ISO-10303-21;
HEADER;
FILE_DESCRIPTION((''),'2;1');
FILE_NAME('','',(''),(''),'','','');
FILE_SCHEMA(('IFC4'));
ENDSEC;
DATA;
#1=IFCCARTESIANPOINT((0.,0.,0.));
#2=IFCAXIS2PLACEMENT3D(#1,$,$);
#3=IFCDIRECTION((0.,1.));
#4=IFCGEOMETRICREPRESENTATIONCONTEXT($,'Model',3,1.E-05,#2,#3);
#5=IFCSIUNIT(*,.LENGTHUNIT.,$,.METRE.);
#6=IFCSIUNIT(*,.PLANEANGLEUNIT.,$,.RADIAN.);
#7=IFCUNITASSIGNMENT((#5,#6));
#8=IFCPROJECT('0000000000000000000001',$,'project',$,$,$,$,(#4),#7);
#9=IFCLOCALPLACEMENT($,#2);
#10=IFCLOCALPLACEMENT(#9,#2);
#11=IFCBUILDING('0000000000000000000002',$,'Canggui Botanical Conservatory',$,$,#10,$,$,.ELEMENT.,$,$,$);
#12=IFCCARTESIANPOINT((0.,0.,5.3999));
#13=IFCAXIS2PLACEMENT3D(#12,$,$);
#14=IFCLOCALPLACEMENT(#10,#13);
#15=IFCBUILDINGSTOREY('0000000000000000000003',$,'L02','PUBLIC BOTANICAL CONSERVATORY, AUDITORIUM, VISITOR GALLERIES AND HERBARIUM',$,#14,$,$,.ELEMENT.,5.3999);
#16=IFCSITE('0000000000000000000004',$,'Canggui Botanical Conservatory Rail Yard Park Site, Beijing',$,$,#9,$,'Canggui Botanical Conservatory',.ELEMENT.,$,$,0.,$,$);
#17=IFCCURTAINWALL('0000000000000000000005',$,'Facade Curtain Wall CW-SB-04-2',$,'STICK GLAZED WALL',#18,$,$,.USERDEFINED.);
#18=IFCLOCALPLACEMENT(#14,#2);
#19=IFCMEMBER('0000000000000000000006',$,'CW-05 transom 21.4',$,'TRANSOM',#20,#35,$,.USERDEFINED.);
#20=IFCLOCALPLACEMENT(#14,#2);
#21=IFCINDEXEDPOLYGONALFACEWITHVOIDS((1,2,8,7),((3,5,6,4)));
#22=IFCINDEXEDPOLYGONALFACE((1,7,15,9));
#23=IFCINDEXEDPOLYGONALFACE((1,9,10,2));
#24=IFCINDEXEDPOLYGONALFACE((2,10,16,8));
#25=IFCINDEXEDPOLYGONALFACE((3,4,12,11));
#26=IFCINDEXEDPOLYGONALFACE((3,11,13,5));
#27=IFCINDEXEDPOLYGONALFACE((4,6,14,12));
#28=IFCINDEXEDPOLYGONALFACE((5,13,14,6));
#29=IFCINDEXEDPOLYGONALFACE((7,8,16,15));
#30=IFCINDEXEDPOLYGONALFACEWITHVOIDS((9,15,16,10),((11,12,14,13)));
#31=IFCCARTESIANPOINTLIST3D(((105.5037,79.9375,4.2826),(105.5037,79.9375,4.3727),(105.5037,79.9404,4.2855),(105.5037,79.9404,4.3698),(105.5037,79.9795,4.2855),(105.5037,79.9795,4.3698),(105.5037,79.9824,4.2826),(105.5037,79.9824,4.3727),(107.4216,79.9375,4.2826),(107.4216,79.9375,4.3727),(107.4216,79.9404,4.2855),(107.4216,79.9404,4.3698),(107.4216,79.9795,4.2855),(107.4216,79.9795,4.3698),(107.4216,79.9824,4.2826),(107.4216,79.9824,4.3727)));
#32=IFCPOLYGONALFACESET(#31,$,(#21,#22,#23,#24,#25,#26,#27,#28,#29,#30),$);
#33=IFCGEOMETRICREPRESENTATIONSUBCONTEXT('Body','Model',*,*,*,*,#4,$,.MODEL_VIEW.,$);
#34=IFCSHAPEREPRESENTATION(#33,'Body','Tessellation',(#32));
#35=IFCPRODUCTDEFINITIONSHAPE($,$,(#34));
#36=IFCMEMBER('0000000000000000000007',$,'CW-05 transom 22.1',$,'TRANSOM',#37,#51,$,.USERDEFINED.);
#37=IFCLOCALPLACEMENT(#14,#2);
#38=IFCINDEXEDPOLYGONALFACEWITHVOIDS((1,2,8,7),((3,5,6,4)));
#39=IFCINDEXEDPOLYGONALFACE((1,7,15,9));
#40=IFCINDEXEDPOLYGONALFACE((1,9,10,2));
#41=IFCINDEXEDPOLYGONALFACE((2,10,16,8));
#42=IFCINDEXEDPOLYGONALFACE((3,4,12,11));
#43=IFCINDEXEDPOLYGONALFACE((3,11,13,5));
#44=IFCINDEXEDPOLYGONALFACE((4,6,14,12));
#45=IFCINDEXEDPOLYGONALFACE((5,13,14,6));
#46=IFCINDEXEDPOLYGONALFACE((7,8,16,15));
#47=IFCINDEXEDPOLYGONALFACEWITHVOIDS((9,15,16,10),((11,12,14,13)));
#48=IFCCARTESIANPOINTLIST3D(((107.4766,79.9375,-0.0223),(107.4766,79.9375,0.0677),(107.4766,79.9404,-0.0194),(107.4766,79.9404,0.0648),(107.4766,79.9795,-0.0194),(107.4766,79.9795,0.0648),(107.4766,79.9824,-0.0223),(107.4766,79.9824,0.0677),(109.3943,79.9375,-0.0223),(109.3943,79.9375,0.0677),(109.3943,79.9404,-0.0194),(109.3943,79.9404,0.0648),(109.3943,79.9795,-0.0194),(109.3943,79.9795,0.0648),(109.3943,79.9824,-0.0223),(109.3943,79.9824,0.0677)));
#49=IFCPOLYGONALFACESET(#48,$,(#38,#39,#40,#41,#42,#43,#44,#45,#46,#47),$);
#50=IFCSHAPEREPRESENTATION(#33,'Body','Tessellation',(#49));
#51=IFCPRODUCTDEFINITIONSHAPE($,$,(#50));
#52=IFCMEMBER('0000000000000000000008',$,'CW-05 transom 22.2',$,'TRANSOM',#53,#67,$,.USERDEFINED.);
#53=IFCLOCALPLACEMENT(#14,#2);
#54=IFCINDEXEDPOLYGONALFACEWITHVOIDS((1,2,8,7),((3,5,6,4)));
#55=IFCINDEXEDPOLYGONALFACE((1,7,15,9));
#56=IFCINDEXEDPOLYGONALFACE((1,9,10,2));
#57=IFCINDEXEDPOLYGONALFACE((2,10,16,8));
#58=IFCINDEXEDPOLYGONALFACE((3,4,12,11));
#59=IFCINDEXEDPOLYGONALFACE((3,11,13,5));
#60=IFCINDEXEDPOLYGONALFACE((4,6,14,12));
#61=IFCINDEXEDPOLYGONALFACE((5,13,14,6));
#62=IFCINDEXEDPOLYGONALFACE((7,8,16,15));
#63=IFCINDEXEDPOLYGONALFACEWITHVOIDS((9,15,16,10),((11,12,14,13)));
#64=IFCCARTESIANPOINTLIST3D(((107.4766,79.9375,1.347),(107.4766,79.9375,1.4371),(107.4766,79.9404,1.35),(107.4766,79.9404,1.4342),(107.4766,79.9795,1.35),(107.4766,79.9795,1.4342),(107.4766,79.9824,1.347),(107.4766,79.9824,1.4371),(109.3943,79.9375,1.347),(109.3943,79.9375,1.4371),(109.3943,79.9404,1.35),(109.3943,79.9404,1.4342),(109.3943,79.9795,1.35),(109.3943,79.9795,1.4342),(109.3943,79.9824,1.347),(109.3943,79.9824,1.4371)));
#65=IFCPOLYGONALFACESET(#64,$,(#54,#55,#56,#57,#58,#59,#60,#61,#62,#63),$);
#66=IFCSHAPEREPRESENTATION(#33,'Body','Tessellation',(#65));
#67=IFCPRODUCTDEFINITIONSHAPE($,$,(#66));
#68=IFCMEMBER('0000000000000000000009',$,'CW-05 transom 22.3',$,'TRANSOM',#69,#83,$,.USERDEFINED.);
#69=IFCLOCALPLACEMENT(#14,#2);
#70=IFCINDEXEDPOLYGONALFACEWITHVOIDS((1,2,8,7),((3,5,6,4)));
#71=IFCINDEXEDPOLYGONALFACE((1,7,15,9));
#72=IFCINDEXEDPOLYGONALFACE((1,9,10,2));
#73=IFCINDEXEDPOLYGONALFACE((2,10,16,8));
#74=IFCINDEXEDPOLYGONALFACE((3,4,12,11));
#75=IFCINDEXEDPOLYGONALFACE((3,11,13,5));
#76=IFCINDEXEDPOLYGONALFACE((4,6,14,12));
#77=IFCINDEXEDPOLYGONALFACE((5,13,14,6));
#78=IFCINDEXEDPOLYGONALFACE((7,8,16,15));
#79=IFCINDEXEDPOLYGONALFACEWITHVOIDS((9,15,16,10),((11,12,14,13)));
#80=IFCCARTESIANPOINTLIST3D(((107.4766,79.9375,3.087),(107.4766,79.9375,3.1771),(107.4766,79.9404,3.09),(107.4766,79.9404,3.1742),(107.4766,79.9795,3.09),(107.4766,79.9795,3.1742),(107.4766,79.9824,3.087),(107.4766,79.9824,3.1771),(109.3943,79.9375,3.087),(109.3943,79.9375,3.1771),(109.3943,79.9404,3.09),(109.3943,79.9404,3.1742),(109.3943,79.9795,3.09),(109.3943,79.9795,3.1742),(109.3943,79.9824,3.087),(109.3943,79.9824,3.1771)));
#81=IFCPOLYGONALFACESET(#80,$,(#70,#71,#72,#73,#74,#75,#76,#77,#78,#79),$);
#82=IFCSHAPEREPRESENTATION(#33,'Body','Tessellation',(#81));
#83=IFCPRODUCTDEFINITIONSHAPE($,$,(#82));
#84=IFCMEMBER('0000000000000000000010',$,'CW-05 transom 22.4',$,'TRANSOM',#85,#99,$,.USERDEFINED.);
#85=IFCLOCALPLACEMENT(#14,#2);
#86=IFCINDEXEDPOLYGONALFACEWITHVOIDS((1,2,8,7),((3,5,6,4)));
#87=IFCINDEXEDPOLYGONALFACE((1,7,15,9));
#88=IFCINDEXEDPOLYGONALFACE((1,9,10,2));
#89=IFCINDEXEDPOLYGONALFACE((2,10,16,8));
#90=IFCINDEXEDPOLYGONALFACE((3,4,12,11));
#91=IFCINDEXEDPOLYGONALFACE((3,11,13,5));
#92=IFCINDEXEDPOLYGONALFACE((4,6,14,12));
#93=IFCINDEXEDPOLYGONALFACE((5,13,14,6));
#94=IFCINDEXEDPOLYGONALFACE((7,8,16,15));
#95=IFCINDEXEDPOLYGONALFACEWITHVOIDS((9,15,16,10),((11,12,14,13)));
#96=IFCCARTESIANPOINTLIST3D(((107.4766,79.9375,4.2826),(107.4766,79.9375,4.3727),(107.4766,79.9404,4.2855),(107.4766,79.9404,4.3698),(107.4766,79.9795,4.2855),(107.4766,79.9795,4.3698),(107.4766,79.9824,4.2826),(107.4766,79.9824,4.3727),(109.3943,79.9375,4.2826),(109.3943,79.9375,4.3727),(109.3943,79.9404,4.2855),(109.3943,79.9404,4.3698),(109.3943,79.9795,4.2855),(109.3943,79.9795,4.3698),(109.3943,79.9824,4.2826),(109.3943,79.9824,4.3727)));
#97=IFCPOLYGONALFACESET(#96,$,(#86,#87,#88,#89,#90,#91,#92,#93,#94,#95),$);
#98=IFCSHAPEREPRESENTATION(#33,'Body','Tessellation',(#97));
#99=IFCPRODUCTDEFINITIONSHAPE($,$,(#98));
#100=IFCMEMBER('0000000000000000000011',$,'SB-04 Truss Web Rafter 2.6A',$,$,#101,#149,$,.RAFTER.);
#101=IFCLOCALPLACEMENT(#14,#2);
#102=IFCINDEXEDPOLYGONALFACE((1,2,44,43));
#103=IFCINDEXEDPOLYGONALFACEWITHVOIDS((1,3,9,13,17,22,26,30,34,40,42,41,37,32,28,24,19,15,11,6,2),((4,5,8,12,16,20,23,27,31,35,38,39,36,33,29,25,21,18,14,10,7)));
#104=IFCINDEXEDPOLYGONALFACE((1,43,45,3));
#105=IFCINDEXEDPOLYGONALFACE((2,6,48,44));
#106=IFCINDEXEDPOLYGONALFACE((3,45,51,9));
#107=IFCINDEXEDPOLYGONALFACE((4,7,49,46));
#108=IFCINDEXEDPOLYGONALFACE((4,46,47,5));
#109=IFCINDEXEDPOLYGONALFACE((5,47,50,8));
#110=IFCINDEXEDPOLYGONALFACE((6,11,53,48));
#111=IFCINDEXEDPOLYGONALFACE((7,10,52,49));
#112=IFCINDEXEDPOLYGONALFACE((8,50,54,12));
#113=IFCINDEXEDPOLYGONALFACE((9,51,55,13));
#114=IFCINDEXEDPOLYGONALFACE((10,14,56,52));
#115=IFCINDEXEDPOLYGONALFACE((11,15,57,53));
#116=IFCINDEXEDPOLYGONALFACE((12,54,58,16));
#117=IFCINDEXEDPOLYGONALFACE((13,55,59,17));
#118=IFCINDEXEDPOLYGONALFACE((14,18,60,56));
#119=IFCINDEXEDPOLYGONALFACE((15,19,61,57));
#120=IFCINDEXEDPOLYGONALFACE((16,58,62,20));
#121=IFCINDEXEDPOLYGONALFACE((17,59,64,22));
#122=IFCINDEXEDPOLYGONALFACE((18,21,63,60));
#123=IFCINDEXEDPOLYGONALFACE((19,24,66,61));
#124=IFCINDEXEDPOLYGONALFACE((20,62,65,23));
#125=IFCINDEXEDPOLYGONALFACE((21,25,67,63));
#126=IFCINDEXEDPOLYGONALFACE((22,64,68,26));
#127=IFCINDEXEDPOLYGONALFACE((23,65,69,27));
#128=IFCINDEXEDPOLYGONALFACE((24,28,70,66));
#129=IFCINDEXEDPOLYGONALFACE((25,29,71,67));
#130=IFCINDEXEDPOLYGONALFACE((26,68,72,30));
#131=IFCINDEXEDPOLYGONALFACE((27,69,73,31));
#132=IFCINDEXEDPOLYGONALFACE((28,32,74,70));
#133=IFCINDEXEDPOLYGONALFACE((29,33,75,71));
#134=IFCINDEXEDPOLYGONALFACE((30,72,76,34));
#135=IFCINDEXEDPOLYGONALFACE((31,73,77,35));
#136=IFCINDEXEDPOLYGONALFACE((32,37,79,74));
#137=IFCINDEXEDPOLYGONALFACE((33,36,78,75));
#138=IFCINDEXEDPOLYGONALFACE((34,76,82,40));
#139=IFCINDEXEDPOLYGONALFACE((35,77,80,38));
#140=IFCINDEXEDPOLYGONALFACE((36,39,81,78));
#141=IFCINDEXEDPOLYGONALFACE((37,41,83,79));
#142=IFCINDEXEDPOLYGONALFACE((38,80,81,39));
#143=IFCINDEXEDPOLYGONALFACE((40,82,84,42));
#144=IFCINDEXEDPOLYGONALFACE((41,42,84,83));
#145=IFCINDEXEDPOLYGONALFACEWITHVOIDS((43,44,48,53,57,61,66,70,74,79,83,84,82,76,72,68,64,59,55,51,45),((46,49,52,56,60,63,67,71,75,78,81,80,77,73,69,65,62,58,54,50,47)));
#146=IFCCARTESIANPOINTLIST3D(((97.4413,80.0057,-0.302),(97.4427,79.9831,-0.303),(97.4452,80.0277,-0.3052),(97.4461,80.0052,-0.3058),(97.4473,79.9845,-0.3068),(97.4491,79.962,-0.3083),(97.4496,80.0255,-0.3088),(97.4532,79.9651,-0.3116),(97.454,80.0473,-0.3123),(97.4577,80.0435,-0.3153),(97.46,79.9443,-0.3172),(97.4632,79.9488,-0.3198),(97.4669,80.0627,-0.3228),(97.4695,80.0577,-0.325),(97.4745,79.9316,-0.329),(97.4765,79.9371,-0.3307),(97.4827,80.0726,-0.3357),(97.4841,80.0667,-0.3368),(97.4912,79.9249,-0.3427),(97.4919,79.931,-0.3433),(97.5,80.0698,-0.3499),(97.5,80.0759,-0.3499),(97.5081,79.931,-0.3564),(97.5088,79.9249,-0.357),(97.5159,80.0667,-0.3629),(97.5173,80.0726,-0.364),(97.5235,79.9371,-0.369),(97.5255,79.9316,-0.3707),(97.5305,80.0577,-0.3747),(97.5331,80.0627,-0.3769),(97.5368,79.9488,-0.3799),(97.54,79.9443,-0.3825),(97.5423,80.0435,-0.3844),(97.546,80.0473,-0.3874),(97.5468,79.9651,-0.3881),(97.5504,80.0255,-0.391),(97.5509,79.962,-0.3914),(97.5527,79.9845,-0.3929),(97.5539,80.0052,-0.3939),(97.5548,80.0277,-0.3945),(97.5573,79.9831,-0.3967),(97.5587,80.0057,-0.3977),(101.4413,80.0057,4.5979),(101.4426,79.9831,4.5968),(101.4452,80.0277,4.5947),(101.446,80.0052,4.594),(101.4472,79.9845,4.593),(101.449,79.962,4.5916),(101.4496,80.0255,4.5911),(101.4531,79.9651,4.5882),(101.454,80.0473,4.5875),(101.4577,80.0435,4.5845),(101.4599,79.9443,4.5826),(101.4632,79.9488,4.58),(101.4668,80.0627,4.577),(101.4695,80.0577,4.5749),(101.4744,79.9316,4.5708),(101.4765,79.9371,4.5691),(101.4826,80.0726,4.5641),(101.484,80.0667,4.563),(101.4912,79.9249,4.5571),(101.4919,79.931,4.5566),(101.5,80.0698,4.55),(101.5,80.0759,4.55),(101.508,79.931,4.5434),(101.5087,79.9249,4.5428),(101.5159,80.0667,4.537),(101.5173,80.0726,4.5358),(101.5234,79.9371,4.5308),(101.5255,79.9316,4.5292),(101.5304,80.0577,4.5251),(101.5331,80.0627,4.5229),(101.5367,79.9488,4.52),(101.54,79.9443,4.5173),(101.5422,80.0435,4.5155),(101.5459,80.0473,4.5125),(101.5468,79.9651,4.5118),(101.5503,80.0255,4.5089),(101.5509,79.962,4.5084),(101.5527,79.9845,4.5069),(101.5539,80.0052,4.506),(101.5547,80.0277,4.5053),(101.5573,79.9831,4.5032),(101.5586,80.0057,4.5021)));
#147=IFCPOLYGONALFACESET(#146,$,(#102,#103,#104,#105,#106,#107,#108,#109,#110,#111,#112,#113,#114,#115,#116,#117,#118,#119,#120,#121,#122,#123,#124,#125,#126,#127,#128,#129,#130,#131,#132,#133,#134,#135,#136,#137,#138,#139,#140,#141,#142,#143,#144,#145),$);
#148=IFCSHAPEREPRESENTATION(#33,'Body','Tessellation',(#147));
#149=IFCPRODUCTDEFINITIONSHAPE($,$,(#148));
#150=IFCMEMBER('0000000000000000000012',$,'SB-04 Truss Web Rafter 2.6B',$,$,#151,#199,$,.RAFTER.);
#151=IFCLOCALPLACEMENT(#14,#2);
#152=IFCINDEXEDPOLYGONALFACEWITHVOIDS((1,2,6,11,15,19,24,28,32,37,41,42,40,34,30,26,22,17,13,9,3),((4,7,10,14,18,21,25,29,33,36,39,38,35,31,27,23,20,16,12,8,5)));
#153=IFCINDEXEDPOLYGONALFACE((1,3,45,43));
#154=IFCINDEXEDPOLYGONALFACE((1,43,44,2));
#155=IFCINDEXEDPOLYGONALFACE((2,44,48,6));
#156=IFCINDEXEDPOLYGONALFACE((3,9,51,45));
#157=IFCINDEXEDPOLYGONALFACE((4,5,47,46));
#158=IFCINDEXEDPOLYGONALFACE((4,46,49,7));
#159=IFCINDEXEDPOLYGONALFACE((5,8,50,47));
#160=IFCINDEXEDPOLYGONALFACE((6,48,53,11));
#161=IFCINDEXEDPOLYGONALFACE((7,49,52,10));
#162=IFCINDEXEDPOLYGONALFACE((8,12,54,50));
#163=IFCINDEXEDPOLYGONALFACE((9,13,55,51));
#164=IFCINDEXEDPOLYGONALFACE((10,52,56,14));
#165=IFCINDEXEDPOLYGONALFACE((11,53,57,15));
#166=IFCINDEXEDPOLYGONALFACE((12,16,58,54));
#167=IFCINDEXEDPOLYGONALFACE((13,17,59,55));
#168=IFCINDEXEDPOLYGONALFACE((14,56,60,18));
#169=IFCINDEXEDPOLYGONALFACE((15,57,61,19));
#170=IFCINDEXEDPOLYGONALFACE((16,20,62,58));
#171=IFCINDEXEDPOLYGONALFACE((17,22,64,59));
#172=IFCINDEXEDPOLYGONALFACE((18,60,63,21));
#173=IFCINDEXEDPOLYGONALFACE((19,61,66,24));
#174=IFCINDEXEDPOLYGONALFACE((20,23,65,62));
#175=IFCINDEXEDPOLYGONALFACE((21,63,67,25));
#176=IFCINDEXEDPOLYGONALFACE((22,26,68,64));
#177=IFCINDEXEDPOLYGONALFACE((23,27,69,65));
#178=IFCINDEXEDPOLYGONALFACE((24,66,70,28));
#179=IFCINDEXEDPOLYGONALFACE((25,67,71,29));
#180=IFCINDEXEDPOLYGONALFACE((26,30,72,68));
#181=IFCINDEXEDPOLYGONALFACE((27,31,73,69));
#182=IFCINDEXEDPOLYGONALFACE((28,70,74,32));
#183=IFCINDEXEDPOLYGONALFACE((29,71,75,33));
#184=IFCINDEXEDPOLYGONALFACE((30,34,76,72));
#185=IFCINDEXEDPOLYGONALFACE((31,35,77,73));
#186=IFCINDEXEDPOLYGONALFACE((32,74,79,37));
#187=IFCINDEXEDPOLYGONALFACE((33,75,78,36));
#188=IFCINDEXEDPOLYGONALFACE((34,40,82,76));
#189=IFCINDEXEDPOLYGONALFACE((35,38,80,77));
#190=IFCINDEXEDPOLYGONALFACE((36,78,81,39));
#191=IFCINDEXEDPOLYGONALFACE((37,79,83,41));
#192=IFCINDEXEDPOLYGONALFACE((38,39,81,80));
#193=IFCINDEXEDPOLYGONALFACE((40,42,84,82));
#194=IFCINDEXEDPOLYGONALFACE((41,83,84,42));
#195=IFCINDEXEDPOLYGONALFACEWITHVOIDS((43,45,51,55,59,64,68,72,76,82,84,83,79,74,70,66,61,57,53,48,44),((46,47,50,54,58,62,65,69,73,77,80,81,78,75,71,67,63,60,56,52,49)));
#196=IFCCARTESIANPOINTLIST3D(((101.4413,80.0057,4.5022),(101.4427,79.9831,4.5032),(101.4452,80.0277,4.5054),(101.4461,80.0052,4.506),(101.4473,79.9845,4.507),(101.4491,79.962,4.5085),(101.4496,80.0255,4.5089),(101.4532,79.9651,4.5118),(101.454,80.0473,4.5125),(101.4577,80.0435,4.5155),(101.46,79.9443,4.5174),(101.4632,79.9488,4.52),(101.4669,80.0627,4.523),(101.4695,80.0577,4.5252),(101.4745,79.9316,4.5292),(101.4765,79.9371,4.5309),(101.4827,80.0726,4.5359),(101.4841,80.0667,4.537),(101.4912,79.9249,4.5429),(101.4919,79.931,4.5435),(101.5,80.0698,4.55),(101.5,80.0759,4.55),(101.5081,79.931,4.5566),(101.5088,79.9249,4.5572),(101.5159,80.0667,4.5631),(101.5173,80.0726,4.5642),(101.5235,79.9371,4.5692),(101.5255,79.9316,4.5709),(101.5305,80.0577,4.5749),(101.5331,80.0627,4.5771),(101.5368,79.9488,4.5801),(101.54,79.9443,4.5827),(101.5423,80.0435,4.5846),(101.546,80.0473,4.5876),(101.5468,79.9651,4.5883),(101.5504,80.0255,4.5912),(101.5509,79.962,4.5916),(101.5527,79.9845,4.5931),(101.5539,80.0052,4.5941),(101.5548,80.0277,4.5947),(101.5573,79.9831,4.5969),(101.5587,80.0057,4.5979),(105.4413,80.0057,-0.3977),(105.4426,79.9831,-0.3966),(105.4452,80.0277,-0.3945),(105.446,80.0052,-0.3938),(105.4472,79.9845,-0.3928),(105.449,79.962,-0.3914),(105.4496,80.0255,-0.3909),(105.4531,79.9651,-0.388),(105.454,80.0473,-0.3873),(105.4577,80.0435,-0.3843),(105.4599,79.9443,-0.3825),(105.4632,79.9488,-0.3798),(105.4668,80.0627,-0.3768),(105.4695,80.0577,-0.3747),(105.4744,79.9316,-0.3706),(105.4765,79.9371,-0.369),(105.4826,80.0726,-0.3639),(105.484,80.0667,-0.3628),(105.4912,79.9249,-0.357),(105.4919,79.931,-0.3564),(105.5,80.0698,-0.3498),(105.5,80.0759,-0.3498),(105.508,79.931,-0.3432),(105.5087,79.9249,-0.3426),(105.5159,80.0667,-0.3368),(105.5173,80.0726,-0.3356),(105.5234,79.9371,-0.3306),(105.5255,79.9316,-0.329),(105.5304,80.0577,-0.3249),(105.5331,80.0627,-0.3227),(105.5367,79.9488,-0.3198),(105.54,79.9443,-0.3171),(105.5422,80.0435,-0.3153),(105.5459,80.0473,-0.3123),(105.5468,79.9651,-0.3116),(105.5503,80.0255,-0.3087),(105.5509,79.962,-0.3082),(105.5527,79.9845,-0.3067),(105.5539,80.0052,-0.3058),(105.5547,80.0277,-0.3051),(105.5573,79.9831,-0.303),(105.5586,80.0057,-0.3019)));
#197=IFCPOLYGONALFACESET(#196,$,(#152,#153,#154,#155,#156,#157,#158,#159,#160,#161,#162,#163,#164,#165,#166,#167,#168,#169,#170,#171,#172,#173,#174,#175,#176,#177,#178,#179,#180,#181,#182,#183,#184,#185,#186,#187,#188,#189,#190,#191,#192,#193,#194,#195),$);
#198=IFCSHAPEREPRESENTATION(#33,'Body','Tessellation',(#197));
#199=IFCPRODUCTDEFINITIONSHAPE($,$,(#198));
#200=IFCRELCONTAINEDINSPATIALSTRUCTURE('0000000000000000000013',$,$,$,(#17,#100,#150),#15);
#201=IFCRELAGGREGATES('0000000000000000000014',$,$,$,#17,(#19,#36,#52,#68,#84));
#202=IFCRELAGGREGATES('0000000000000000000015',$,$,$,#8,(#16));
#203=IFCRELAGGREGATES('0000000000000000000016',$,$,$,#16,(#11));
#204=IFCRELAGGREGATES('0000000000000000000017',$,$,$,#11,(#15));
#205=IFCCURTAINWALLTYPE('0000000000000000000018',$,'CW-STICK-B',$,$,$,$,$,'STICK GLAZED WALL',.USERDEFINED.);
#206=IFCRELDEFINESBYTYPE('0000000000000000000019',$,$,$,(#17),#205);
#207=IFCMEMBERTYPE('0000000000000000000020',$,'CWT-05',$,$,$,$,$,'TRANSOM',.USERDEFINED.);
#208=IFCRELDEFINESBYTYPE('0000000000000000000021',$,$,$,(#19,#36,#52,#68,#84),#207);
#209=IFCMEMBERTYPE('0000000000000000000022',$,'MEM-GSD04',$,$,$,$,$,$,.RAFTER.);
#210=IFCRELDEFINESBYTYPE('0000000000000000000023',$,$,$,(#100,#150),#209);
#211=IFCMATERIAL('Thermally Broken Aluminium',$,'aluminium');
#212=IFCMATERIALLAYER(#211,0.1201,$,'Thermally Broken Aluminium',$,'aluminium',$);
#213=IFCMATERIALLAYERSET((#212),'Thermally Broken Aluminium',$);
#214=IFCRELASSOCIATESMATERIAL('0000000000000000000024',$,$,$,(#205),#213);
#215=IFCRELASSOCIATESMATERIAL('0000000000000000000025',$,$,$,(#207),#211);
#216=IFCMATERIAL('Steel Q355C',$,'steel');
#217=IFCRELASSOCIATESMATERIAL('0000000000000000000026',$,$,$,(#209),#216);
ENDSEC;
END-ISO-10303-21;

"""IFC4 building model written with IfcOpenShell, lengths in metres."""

from ifc_helpers import new_model, si_unit, direction, frame, origin, origin_2d, place, context, subcontext, project, spatial, hollow_rectangle, hollow_circle, extrude, material, layer, layer_set, material_profile, profile_set, type_object, element, aggregate, save


model = new_model("IFC4")

# Units and contexts
model_context = context("Model", 3, precision=1e-05, world=origin(), true_north=direction((0.0, 1.0)))
body_context = subcontext(model_context, "Body", "Model", "MODEL_VIEW")
ifc_project = project(units=[si_unit("LENGTHUNIT", "METRE"), si_unit("PLANEANGLEUNIT", "RADIAN")], contexts=[model_context])

# Site, building, storey
site_placement = place(None, origin())
site = spatial("IfcSite", under=ifc_project, at=site_placement, Name="Canggui Botanical Conservatory Rail Yard Park Site, Beijing", LongName="Canggui Botanical Conservatory", CompositionType="ELEMENT", RefElevation=0.0)
building_placement = place(site_placement, origin())
building = spatial("IfcBuilding", under=site, at=building_placement, Name="Canggui Botanical Conservatory", CompositionType="ELEMENT")
storey_placement = place(building_placement, frame((0.0, 0.0, 5.3999)))
storey = spatial("IfcBuildingStorey", under=building, at=storey_placement, Name="L02", Description="PUBLIC BOTANICAL CONSERVATORY, AUDITORIUM, VISITOR GALLERIES AND HERBARIUM", CompositionType="ELEMENT", Elevation=5.3999)

# Curtain wall, members
ifc_material_1 = material(Name="Thermally Broken Aluminium", Category="aluminium")
ifc_layer_1 = layer(ifc_material_1, 0.1201, Name="Thermally Broken Aluminium", Category="aluminium")
ifc_layer_set_1 = layer_set([ifc_layer_1], Name="Thermally Broken Aluminium")
curtain_wall_type = type_object("IfcCurtainWallType", Name="CW-STICK-B", ElementType="STICK GLAZED WALL", PredefinedType="USERDEFINED", material=ifc_layer_set_1)
curtain_wall_placement = place(storey_placement, origin())
curtain_wall = element("IfcCurtainWall", 1, at=curtain_wall_placement, inside=storey, type_object=curtain_wall_type, Name="Facade Curtain Wall CW-SB-04-2", ObjectType="STICK GLAZED WALL", PredefinedType="USERDEFINED")
ifc_material_profile_1 = material_profile(ifc_material_1, hollow_rectangle(XDim=0.0449, YDim=0.0901, WallThickness=0.0029, at=origin_2d()), Name="CWT 45x90x3")
ifc_profile_set_1 = profile_set([ifc_material_profile_1], Name="Thermally Broken Aluminium")
member_type_1 = type_object("IfcMemberType", Name="CWT-05", ElementType="TRANSOM", PredefinedType="USERDEFINED", material=ifc_profile_set_1)
member_1_placement = place(storey_placement, frame((105.5037, 79.96, 4.3276), z_axis=(1.0, 0.0, 0.0), x_axis=(0.0, 1.0, 0.0)))
member_1 = element("IfcMember", 2, at=member_1_placement, type_object=member_type_1, Name="CW-05 transom 21.4", ObjectType="TRANSOM", PredefinedType="USERDEFINED", context=body_context, shape_type="SweptSolid", body=[
    extrude(hollow_rectangle(XDim=0.0449, YDim=0.0901, WallThickness=0.0029, at=origin_2d()), origin(), (0.0, 0.0, 1.0), 1.918),
])
member_2_placement = place(storey_placement, frame((107.4766, 79.96, 0.0227), z_axis=(1.0, 0.0, 0.0), x_axis=(0.0, 1.0, 0.0)))
member_2 = element("IfcMember", 3, at=member_2_placement, type_object=member_type_1, Name="CW-05 transom 22.1", ObjectType="TRANSOM", PredefinedType="USERDEFINED", context=body_context, shape_type="SweptSolid", body=[
    extrude(hollow_rectangle(XDim=0.0449, YDim=0.0901, WallThickness=0.0029, at=origin_2d()), origin(), (0.0, 0.0, 1.0), 1.9177),
])
member_3_placement = place(storey_placement, frame((107.4766, 79.96, 1.3921), z_axis=(1.0, 0.0, 0.0), x_axis=(0.0, 1.0, 0.0)))
member_3 = element("IfcMember", 4, at=member_3_placement, type_object=member_type_1, Name="CW-05 transom 22.2", ObjectType="TRANSOM", PredefinedType="USERDEFINED", context=body_context, shape_type="SweptSolid", body=[
    extrude(hollow_rectangle(XDim=0.0449, YDim=0.0901, WallThickness=0.0029, at=origin_2d()), origin(), (0.0, 0.0, 1.0), 1.9177),
])
member_4_placement = place(storey_placement, frame((107.4766, 79.96, 3.1321), z_axis=(1.0, 0.0, 0.0), x_axis=(0.0, 1.0, 0.0)))
member_4 = element("IfcMember", 5, at=member_4_placement, type_object=member_type_1, Name="CW-05 transom 22.3", ObjectType="TRANSOM", PredefinedType="USERDEFINED", context=body_context, shape_type="SweptSolid", body=[
    extrude(hollow_rectangle(XDim=0.0449, YDim=0.0901, WallThickness=0.0029, at=origin_2d()), origin(), (0.0, 0.0, 1.0), 1.9177),
])
member_5_placement = place(storey_placement, frame((107.4766, 79.96, 4.3276), z_axis=(1.0, 0.0, 0.0), x_axis=(0.0, 1.0, 0.0)))
member_5 = element("IfcMember", 6, at=member_5_placement, type_object=member_type_1, Name="CW-05 transom 22.4", ObjectType="TRANSOM", PredefinedType="USERDEFINED", context=body_context, shape_type="SweptSolid", body=[
    extrude(hollow_rectangle(XDim=0.0449, YDim=0.0901, WallThickness=0.0029, at=origin_2d()), origin(), (0.0, 0.0, 1.0), 1.9177),
])

# Members
ifc_material_2 = material(Name="Steel Q355C", Category="steel")
ifc_material_profile_2 = material_profile(ifc_material_2, hollow_circle(Radius=0.0759, WallThickness=0.0061, at=origin_2d()), Name="CHS 152x6")
ifc_profile_set_2 = profile_set([ifc_material_profile_2], Name="Steel Q355C")
member_type_2 = type_object("IfcMemberType", Name="MEM-GSD04", PredefinedType="RAFTER", material=ifc_profile_set_2)
for number, where, z_axis, x_axis, name in (
    (7, (97.5, 80.0, -0.3499), (0.632384, 0.0, 0.774655), (0.0, 1.0, 0.0), "SB-04 Truss Web Rafter 2.6A"),
    (8, (101.5, 80.0, 4.55), (0.632384, 0.0, -0.774655), (0.0, 1.0, 0.0), "SB-04 Truss Web Rafter 2.6B"),
):
    element("IfcMember", number, at=place(storey_placement, frame(where, z_axis=z_axis, x_axis=x_axis)), inside=storey, type_object=member_type_2, Name=name, PredefinedType="RAFTER", context=body_context, shape_type="SweptSolid", body=[
        extrude(hollow_circle(Radius=0.0759, WallThickness=0.0061, at=origin_2d()), origin(), (0.0, 0.0, 1.0), 6.3252),
    ])

aggregate(curtain_wall, [member_1, member_2, member_3, member_4, member_5])

save(model, "model.ifc")
